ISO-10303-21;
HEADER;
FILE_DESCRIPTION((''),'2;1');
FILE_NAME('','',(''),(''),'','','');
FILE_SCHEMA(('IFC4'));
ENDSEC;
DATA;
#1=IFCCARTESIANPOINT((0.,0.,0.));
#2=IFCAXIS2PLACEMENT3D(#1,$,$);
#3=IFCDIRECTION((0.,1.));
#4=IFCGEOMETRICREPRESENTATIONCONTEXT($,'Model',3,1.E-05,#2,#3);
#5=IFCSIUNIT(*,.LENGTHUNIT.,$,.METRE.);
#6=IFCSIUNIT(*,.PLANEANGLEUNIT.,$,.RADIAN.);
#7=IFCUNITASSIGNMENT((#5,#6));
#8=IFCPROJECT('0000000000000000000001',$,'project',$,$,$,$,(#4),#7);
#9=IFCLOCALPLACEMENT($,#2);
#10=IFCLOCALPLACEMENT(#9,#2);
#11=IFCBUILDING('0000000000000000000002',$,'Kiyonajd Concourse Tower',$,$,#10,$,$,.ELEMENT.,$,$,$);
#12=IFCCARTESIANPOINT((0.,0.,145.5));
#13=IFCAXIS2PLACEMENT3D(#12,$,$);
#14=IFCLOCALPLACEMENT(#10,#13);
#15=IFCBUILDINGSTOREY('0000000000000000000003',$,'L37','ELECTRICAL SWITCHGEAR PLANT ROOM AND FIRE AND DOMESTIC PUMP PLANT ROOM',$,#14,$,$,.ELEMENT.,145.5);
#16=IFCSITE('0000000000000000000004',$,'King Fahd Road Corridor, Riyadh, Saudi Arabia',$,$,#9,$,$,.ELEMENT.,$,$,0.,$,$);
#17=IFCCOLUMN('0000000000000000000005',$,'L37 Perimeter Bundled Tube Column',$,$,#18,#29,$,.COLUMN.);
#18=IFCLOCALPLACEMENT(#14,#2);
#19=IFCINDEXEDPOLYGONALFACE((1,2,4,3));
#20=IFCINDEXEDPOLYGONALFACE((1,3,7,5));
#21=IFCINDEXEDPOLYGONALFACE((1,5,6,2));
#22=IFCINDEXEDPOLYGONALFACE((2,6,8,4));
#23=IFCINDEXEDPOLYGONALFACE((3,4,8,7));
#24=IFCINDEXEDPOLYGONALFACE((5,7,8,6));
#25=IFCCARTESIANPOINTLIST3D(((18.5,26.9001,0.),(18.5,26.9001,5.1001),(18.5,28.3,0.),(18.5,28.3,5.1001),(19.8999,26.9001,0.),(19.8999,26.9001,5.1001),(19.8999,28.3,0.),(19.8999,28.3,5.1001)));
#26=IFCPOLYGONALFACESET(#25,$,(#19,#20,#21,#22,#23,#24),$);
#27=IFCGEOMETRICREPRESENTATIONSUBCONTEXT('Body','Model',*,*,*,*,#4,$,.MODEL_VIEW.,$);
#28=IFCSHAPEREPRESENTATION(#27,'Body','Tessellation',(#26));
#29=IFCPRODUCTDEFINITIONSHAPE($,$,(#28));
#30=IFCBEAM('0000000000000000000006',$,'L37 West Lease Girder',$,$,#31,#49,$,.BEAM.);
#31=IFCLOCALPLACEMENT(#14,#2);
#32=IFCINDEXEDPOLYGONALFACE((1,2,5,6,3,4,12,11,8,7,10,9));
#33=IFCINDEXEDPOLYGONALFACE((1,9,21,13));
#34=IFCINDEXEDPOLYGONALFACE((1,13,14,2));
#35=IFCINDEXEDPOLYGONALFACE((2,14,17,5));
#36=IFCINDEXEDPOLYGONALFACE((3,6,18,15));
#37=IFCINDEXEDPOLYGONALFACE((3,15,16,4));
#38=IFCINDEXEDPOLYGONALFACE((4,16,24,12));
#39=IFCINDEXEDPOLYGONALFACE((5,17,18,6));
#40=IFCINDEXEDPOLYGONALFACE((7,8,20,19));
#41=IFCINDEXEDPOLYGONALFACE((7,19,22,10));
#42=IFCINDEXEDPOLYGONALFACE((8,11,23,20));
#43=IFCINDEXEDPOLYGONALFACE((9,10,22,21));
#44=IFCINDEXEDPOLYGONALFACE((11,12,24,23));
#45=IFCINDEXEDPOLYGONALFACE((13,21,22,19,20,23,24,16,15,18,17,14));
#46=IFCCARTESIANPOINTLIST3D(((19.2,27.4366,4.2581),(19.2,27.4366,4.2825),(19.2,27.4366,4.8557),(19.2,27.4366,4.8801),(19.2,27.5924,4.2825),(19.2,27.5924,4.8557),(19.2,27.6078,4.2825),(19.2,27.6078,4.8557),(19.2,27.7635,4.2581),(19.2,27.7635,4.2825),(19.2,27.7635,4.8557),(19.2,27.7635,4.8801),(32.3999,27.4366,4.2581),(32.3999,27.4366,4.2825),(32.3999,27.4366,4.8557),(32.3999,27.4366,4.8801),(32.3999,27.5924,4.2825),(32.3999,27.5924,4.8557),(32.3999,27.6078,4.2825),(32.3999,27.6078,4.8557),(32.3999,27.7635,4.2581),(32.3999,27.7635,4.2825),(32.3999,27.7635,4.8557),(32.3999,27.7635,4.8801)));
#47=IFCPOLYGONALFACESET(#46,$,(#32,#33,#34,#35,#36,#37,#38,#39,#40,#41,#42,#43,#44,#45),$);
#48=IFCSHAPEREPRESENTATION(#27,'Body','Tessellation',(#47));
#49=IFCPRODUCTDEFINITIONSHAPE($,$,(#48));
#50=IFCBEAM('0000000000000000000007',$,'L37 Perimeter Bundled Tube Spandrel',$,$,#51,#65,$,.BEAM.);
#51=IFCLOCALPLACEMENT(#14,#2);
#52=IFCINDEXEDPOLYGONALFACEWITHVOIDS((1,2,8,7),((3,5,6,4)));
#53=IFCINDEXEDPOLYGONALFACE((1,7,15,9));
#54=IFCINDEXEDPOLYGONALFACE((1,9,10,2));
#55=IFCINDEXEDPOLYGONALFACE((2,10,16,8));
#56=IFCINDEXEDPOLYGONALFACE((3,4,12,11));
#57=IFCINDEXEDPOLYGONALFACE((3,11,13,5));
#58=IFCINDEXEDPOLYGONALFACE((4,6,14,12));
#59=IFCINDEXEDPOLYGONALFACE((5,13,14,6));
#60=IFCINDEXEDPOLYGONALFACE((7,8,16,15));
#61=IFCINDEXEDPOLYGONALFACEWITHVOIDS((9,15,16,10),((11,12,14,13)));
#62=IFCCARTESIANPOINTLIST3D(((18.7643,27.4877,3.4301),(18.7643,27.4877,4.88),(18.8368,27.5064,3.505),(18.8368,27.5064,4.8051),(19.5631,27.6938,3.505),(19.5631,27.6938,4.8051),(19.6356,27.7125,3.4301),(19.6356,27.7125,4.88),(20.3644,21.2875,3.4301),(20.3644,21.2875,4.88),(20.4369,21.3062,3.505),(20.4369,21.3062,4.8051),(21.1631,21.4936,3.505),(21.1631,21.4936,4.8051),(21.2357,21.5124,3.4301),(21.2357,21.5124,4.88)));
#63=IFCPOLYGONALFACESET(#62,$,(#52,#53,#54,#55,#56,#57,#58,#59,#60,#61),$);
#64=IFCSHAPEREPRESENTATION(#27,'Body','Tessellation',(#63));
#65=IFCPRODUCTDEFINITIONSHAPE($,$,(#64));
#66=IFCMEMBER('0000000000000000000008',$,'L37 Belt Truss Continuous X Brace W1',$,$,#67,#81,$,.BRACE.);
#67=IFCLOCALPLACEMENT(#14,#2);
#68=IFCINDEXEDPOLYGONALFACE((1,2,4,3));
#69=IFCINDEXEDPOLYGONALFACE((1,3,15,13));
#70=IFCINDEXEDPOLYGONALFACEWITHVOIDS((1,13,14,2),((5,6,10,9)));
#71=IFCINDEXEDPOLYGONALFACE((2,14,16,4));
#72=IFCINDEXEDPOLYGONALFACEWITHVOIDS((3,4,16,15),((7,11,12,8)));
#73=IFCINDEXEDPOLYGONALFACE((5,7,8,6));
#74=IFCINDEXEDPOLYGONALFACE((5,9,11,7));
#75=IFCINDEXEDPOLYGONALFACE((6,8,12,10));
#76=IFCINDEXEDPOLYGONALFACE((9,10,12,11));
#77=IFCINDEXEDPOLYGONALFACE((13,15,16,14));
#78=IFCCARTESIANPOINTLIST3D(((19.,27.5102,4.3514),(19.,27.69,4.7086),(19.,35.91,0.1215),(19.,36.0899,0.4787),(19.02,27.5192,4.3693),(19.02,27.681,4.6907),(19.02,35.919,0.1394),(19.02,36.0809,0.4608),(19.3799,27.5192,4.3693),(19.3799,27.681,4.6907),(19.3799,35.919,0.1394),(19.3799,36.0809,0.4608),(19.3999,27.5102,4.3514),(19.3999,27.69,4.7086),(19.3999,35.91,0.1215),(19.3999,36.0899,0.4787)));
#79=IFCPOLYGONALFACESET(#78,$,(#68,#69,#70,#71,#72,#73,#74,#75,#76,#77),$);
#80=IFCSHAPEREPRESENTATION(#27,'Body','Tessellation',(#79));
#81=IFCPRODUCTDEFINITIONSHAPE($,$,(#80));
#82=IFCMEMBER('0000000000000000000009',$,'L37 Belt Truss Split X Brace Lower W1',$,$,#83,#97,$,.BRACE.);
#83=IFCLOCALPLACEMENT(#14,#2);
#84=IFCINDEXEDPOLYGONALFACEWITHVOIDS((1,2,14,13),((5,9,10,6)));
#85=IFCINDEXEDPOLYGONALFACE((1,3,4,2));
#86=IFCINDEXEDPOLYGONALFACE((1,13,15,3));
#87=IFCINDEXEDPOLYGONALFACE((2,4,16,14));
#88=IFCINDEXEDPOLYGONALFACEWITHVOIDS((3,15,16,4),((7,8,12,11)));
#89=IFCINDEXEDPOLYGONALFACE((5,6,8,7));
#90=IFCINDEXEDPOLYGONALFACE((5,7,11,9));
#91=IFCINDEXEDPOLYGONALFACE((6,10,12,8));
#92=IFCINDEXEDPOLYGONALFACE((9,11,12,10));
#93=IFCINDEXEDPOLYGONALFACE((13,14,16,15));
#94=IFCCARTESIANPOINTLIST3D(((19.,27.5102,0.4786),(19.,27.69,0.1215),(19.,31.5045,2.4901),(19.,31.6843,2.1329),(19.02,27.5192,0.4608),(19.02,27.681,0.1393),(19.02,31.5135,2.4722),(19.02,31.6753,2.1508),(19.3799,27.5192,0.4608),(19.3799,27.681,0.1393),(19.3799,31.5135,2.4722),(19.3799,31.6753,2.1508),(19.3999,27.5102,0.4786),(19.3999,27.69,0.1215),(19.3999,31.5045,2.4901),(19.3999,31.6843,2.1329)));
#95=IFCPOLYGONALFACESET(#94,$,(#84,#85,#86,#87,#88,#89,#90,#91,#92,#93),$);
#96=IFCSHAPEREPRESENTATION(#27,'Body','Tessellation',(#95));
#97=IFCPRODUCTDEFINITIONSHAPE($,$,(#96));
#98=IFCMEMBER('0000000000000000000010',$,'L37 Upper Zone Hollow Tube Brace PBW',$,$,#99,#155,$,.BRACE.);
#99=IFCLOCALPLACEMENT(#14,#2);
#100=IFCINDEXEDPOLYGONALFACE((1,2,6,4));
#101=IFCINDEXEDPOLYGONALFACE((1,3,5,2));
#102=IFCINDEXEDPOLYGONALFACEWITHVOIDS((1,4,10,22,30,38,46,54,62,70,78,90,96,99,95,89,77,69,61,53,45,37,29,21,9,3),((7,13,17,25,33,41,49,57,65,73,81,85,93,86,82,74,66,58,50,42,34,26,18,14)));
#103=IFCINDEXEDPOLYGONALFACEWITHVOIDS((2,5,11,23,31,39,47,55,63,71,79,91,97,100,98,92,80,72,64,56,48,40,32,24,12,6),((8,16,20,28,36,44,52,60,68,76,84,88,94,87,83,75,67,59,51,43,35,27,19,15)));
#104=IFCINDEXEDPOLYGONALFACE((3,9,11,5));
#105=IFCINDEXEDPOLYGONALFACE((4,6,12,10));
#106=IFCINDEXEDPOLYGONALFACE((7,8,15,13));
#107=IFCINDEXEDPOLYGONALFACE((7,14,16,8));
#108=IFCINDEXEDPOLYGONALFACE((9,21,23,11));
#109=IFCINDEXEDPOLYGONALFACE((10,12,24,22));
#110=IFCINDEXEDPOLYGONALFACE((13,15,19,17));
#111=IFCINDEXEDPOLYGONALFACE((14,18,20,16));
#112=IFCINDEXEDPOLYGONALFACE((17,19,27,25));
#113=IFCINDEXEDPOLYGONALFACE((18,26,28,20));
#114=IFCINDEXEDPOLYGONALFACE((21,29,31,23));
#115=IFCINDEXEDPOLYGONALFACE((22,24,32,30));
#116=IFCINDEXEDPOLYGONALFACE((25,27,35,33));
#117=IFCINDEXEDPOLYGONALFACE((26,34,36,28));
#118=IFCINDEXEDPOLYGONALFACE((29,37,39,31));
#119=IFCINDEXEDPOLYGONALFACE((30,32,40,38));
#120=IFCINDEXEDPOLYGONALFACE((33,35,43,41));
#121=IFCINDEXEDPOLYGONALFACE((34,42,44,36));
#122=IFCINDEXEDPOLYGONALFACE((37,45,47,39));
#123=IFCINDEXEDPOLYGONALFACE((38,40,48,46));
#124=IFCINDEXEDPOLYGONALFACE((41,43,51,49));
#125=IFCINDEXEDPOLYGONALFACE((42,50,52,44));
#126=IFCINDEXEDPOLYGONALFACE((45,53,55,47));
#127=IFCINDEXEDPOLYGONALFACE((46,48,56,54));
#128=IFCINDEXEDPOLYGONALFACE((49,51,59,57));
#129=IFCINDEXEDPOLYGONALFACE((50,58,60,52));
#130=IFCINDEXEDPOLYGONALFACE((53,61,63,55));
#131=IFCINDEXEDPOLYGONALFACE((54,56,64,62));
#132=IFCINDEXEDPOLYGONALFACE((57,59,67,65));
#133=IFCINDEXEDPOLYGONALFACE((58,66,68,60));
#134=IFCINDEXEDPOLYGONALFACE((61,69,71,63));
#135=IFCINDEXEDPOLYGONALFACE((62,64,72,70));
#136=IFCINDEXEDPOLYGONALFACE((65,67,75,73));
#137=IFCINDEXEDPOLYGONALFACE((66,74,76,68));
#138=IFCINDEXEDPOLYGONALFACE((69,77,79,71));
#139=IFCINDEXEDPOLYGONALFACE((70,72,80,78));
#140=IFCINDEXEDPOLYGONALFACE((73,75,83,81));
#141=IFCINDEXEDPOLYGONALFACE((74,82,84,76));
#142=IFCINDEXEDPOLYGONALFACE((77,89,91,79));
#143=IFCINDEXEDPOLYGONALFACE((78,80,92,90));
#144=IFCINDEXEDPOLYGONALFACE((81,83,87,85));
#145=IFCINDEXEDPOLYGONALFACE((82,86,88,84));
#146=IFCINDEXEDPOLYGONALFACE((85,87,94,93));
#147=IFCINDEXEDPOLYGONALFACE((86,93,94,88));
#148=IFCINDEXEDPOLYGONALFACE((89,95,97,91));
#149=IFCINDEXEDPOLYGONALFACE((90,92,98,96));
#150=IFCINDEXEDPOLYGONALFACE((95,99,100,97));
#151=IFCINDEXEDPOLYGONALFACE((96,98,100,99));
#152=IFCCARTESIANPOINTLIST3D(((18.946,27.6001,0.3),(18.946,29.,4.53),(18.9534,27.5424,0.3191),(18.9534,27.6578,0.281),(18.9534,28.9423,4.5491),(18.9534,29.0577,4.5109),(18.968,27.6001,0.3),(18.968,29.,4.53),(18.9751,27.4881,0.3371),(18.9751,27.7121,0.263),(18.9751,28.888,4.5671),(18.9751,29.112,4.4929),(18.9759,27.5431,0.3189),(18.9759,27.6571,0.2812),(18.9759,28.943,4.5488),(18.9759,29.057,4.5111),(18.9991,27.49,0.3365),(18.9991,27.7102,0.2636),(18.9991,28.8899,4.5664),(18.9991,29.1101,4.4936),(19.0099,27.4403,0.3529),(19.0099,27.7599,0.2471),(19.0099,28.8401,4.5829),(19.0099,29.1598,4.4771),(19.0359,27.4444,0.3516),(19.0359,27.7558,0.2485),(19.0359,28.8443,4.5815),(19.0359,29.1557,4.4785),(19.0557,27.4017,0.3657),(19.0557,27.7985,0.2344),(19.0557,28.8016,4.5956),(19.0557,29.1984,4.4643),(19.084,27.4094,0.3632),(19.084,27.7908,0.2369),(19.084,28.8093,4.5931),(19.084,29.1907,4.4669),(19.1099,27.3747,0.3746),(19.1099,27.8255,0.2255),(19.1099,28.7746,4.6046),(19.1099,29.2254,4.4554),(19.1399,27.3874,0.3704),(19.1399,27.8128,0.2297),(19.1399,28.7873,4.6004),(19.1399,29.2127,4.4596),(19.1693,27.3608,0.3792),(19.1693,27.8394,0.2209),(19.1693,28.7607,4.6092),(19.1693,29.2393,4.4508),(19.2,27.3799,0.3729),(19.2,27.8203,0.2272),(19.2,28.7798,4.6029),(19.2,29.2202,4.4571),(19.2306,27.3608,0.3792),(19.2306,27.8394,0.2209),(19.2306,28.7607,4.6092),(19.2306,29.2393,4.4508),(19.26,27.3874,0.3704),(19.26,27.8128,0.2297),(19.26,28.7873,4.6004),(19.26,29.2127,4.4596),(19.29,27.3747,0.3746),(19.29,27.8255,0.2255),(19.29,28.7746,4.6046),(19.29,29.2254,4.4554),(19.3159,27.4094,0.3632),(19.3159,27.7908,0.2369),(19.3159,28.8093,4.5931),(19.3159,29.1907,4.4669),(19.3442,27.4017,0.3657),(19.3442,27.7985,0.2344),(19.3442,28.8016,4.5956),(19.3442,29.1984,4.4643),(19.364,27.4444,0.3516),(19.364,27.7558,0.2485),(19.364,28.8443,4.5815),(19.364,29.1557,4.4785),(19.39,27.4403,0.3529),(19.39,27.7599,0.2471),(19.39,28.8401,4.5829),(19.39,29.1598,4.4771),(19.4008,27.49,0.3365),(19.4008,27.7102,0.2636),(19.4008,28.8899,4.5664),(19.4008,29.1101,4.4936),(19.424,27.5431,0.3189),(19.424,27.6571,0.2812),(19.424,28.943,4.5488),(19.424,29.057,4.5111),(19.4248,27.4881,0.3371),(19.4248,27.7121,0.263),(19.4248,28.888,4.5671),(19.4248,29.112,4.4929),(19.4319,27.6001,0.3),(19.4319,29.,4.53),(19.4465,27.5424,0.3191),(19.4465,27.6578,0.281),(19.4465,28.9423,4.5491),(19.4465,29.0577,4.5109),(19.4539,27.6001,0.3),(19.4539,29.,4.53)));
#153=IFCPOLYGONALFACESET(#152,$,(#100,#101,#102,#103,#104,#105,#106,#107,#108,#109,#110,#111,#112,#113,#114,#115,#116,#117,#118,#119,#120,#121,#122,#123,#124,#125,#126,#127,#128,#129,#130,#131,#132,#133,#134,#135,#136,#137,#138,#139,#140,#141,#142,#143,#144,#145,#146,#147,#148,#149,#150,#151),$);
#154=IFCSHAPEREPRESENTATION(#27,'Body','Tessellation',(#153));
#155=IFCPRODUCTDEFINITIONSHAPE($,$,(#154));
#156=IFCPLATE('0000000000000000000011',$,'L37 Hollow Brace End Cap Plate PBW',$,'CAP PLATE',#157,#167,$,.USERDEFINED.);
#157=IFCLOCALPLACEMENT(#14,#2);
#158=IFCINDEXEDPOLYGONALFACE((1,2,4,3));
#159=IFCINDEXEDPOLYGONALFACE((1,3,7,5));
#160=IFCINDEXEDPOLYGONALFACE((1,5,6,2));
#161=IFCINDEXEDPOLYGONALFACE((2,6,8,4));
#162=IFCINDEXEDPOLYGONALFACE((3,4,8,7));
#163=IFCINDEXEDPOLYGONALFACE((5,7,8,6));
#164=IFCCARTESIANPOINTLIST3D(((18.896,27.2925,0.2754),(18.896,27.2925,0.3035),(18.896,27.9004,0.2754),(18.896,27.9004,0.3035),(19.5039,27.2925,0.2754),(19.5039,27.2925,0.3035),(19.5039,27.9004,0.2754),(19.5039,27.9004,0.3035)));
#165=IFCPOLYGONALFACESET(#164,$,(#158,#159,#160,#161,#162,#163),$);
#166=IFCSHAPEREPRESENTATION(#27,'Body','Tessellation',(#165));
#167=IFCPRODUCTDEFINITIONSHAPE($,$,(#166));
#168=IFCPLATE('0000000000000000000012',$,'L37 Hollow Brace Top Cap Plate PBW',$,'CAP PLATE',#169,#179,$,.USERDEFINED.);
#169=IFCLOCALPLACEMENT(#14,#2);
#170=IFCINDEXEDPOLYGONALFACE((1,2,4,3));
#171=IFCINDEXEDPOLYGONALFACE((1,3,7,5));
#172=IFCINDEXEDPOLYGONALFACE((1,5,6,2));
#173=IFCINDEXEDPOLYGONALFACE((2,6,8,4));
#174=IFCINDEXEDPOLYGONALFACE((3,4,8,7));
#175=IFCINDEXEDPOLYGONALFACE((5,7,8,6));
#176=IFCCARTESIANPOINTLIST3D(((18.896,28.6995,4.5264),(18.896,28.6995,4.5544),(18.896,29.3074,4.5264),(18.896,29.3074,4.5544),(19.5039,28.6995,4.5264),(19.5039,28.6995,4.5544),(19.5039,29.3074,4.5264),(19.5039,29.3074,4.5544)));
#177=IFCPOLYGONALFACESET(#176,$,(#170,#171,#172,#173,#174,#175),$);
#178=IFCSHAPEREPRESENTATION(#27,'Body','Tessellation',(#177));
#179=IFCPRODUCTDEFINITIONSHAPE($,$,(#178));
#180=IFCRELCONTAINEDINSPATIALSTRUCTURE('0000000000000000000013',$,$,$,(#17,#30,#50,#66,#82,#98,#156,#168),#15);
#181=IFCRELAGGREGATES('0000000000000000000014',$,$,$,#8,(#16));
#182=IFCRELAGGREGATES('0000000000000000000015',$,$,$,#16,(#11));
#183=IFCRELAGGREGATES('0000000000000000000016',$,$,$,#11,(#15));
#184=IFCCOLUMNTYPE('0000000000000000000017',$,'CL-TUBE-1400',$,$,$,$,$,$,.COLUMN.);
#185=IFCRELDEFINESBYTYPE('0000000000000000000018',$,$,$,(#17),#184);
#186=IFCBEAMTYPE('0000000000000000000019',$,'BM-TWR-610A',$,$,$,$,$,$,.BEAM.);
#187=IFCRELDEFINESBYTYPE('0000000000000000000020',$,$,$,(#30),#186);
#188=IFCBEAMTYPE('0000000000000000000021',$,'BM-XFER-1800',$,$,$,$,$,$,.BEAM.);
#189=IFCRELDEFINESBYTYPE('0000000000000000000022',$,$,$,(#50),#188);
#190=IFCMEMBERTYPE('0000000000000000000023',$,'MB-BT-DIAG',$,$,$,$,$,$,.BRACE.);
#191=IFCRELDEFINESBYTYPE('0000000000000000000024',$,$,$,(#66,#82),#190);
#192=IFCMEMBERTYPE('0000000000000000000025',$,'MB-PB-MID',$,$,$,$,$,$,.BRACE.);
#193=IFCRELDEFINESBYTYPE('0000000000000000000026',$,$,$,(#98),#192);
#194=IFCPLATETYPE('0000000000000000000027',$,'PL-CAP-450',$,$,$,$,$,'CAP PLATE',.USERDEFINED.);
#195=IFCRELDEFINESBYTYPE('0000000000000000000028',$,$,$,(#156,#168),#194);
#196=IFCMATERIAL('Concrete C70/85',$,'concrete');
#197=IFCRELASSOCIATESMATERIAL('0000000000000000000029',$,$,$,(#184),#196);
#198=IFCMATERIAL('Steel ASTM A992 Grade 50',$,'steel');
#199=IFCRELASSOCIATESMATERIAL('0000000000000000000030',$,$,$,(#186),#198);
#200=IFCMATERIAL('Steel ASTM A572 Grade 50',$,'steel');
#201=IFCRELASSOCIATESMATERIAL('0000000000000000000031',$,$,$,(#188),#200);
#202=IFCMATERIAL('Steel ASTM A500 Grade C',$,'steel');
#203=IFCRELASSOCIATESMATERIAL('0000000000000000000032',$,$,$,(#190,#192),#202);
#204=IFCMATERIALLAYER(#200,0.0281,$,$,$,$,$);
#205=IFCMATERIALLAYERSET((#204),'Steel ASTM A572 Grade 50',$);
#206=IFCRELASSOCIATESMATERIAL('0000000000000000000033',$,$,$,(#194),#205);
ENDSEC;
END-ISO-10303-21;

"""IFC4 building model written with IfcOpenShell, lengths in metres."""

from ifc_helpers import new_model, si_unit, direction, frame, origin, origin_2d, place, context, subcontext, project, spatial, rectangle, hollow_rectangle, hollow_circle, i_section, extrude, material, layer, layer_set, material_profile, profile_set, type_object, element, save


model = new_model("IFC4")

# Units and contexts
model_context = context("Model", 3, precision=1e-05, world=origin(), true_north=direction((0.0, 1.0)))
body_context = subcontext(model_context, "Body", "Model", "MODEL_VIEW")
ifc_project = project(units=[si_unit("LENGTHUNIT", "METRE"), si_unit("PLANEANGLEUNIT", "RADIAN")], contexts=[model_context])

# Site, building, storey
site_placement = place(None, origin())
site = spatial("IfcSite", under=ifc_project, at=site_placement, Name="King Fahd Road Corridor, Riyadh, Saudi Arabia", CompositionType="ELEMENT", RefElevation=0.0)
building_placement = place(site_placement, origin())
building = spatial("IfcBuilding", under=site, at=building_placement, Name="Kiyonajd Concourse Tower", CompositionType="ELEMENT")
storey_placement = place(building_placement, frame((0.0, 0.0, 145.5)))
storey = spatial("IfcBuildingStorey", under=building, at=storey_placement, Name="L37", Description="ELECTRICAL SWITCHGEAR PLANT ROOM AND FIRE AND DOMESTIC PUMP PLANT ROOM", CompositionType="ELEMENT", Elevation=145.5)

# Column
ifc_material_1 = material(Name="Concrete C70/85", Category="concrete")
ifc_material_profile_1 = material_profile(ifc_material_1, rectangle(XDim=1.3999, YDim=1.3999, at=origin_2d()), Name="RC-1400x1400")
ifc_profile_set_1 = profile_set([ifc_material_profile_1], Name="Concrete C70/85")
column_type = type_object("IfcColumnType", Name="CL-TUBE-1400", PredefinedType="COLUMN", material=ifc_profile_set_1)
column_placement = place(storey_placement, frame((19.2, 27.6001, 0.0), z_axis=(0.0, 0.0, 1.0), x_axis=(1.0, 0.0, 0.0)))
element("IfcColumn", 1, at=column_placement, inside=storey, type_object=column_type, Name="L37 Perimeter Bundled Tube Column", PredefinedType="COLUMN", context=body_context, shape_type="SweptSolid", body=[
    extrude(rectangle(XDim=1.3999, YDim=1.3999, at=origin_2d()), origin(), (0.0, 0.0, 1.0), 5.1001),
])

# Beams
ifc_material_2 = material(Name="Steel ASTM A992 Grade 50", Category="steel")
ifc_material_profile_2 = material_profile(ifc_material_2, i_section(OverallWidth=0.3269, OverallDepth=0.6221, WebThickness=0.0154, FlangeThickness=0.0244, at=origin_2d()), Name="W610X195")
ifc_profile_set_2 = profile_set([ifc_material_profile_2], Name="Steel ASTM A992 Grade 50")
beam_type_1 = type_object("IfcBeamType", Name="BM-TWR-610A", PredefinedType="BEAM", material=ifc_profile_set_2)
beam_1_placement = place(storey_placement, frame((19.2, 27.6001, 4.5691), z_axis=(1.0, 0.0, 0.0), x_axis=(0.0, 1.0, 0.0)))
element("IfcBeam", 2, at=beam_1_placement, inside=storey, type_object=beam_type_1, Name="L37 West Lease Girder", PredefinedType="BEAM", context=body_context, shape_type="SweptSolid", body=[
    extrude(i_section(OverallWidth=0.3269, OverallDepth=0.6221, WebThickness=0.0154, FlangeThickness=0.0244, at=origin_2d()), origin(), (0.0, 0.0, 1.0), 13.2),
])
ifc_material_3 = material(Name="Steel ASTM A572 Grade 50", Category="steel")
ifc_material_profile_3 = material_profile(ifc_material_3, hollow_rectangle(XDim=0.8999, YDim=1.45, WallThickness=0.075, at=origin_2d()), Name="BOX-1450x900x75")
ifc_profile_set_3 = profile_set([ifc_material_profile_3], Name="Steel ASTM A572 Grade 50")
beam_type_2 = type_object("IfcBeamType", Name="BM-XFER-1800", PredefinedType="BEAM", material=ifc_profile_set_3)
beam_2_placement = place(storey_placement, frame((19.2, 27.6001, 4.155), z_axis=(0.249885, -0.968276, 0.0), x_axis=(0.968276, 0.249885, 0.0)))
element("IfcBeam", 3, at=beam_2_placement, inside=storey, type_object=beam_type_2, Name="L37 Perimeter Bundled Tube Spandrel", PredefinedType="BEAM", context=body_context, shape_type="SweptSolid", body=[
    extrude(hollow_rectangle(XDim=0.8999, YDim=1.45, WallThickness=0.075, at=origin_2d()), origin(), (0.0, 0.0, 1.0), 6.4033),
])

# Members
ifc_material_4 = material(Name="Steel ASTM A500 Grade C", Category="steel")
ifc_material_profile_4 = material_profile(ifc_material_4, hollow_rectangle(XDim=0.3999, YDim=0.3999, WallThickness=0.02, at=origin_2d()), Name="HSS-400x400x20")
ifc_profile_set_4 = profile_set([ifc_material_profile_4], Name="Steel ASTM A500 Grade C")
member_type_1 = type_object("IfcMemberType", Name="MB-BT-DIAG", PredefinedType="BRACE", material=ifc_profile_set_4)
member_1_placement = place(storey_placement, frame((19.2, 27.6001, 4.53), z_axis=(0.0, 0.893146, -0.449766), x_axis=(-1.0, 0.0, 0.0)))
element("IfcMember", 4, at=member_1_placement, inside=storey, type_object=member_type_1, Name="L37 Belt Truss Continuous X Brace W1", PredefinedType="BRACE", context=body_context, shape_type="SweptSolid", body=[
    extrude(hollow_rectangle(XDim=0.3999, YDim=0.3999, WallThickness=0.02, at=origin_2d()), origin(), (0.0, 0.0, 1.0), 9.4048),
])
member_2_placement = place(storey_placement, frame((19.2, 27.6001, 0.3), z_axis=(0.0, 0.893146, 0.449767), x_axis=(-1.0, 0.0, 0.0)))
element("IfcMember", 5, at=member_2_placement, inside=storey, type_object=member_type_1, Name="L37 Belt Truss Split X Brace Lower W1", PredefinedType="BRACE", context=body_context, shape_type="SweptSolid", body=[
    extrude(hollow_rectangle(XDim=0.3999, YDim=0.3999, WallThickness=0.02, at=origin_2d()), origin(), (0.0, 0.0, 1.0), 4.4722),
])
ifc_material_profile_5 = material_profile(ifc_material_4, hollow_circle(Radius=0.2539, WallThickness=0.022, at=origin_2d()), Name="CHS-508x22")
ifc_profile_set_5 = profile_set([ifc_material_profile_5], Name="Steel ASTM A500 Grade C")
member_type_2 = type_object("IfcMemberType", Name="MB-PB-MID", PredefinedType="BRACE", material=ifc_profile_set_5)
member_3_placement = place(storey_placement, frame((19.2, 27.6001, 0.3), z_axis=(0.0, 0.314189, 0.949361), x_axis=(-1.0, 0.0, 0.0)))
element("IfcMember", 6, at=member_3_placement, inside=storey, type_object=member_type_2, Name="L37 Upper Zone Hollow Tube Brace PBW", PredefinedType="BRACE", context=body_context, shape_type="SweptSolid", body=[
    extrude(hollow_circle(Radius=0.2539, WallThickness=0.022, at=origin_2d()), origin(), (0.0, 0.0, 1.0), 4.4556),
])

# Plates
ifc_layer_1 = layer(ifc_material_3, 0.0281)
ifc_layer_set_1 = layer_set([ifc_layer_1], Name="Steel ASTM A572 Grade 50")
plate_type_1 = type_object("IfcPlateType", Name="PL-CAP-450", ElementType="CAP PLATE", PredefinedType="USERDEFINED", material=ifc_layer_set_1)
for number, where, z_axis, x_axis, name in (
    (7, (19.2, 27.5964, 0.2754), (0.0, 0.0, 1.0), (1.0, 0.0, 0.0), "L37 Hollow Brace End Cap Plate PBW"),
    (8, (19.2, 29.0034, 4.5264), (0.0, 0.0, 1.0), (1.0, 0.0, 0.0), "L37 Hollow Brace Top Cap Plate PBW"),
):
    element("IfcPlate", number, at=place(storey_placement, frame(where, z_axis=z_axis, x_axis=x_axis)), inside=storey, type_object=plate_type_1, Name=name, ObjectType="CAP PLATE", PredefinedType="USERDEFINED", context=body_context, shape_type="SweptSolid", body=[
        extrude(rectangle(XDim=0.6079, YDim=0.6079, at=origin_2d()), origin(), (0.0, 0.0, 1.0), 0.0281),
    ])

save(model, "model.ifc")
